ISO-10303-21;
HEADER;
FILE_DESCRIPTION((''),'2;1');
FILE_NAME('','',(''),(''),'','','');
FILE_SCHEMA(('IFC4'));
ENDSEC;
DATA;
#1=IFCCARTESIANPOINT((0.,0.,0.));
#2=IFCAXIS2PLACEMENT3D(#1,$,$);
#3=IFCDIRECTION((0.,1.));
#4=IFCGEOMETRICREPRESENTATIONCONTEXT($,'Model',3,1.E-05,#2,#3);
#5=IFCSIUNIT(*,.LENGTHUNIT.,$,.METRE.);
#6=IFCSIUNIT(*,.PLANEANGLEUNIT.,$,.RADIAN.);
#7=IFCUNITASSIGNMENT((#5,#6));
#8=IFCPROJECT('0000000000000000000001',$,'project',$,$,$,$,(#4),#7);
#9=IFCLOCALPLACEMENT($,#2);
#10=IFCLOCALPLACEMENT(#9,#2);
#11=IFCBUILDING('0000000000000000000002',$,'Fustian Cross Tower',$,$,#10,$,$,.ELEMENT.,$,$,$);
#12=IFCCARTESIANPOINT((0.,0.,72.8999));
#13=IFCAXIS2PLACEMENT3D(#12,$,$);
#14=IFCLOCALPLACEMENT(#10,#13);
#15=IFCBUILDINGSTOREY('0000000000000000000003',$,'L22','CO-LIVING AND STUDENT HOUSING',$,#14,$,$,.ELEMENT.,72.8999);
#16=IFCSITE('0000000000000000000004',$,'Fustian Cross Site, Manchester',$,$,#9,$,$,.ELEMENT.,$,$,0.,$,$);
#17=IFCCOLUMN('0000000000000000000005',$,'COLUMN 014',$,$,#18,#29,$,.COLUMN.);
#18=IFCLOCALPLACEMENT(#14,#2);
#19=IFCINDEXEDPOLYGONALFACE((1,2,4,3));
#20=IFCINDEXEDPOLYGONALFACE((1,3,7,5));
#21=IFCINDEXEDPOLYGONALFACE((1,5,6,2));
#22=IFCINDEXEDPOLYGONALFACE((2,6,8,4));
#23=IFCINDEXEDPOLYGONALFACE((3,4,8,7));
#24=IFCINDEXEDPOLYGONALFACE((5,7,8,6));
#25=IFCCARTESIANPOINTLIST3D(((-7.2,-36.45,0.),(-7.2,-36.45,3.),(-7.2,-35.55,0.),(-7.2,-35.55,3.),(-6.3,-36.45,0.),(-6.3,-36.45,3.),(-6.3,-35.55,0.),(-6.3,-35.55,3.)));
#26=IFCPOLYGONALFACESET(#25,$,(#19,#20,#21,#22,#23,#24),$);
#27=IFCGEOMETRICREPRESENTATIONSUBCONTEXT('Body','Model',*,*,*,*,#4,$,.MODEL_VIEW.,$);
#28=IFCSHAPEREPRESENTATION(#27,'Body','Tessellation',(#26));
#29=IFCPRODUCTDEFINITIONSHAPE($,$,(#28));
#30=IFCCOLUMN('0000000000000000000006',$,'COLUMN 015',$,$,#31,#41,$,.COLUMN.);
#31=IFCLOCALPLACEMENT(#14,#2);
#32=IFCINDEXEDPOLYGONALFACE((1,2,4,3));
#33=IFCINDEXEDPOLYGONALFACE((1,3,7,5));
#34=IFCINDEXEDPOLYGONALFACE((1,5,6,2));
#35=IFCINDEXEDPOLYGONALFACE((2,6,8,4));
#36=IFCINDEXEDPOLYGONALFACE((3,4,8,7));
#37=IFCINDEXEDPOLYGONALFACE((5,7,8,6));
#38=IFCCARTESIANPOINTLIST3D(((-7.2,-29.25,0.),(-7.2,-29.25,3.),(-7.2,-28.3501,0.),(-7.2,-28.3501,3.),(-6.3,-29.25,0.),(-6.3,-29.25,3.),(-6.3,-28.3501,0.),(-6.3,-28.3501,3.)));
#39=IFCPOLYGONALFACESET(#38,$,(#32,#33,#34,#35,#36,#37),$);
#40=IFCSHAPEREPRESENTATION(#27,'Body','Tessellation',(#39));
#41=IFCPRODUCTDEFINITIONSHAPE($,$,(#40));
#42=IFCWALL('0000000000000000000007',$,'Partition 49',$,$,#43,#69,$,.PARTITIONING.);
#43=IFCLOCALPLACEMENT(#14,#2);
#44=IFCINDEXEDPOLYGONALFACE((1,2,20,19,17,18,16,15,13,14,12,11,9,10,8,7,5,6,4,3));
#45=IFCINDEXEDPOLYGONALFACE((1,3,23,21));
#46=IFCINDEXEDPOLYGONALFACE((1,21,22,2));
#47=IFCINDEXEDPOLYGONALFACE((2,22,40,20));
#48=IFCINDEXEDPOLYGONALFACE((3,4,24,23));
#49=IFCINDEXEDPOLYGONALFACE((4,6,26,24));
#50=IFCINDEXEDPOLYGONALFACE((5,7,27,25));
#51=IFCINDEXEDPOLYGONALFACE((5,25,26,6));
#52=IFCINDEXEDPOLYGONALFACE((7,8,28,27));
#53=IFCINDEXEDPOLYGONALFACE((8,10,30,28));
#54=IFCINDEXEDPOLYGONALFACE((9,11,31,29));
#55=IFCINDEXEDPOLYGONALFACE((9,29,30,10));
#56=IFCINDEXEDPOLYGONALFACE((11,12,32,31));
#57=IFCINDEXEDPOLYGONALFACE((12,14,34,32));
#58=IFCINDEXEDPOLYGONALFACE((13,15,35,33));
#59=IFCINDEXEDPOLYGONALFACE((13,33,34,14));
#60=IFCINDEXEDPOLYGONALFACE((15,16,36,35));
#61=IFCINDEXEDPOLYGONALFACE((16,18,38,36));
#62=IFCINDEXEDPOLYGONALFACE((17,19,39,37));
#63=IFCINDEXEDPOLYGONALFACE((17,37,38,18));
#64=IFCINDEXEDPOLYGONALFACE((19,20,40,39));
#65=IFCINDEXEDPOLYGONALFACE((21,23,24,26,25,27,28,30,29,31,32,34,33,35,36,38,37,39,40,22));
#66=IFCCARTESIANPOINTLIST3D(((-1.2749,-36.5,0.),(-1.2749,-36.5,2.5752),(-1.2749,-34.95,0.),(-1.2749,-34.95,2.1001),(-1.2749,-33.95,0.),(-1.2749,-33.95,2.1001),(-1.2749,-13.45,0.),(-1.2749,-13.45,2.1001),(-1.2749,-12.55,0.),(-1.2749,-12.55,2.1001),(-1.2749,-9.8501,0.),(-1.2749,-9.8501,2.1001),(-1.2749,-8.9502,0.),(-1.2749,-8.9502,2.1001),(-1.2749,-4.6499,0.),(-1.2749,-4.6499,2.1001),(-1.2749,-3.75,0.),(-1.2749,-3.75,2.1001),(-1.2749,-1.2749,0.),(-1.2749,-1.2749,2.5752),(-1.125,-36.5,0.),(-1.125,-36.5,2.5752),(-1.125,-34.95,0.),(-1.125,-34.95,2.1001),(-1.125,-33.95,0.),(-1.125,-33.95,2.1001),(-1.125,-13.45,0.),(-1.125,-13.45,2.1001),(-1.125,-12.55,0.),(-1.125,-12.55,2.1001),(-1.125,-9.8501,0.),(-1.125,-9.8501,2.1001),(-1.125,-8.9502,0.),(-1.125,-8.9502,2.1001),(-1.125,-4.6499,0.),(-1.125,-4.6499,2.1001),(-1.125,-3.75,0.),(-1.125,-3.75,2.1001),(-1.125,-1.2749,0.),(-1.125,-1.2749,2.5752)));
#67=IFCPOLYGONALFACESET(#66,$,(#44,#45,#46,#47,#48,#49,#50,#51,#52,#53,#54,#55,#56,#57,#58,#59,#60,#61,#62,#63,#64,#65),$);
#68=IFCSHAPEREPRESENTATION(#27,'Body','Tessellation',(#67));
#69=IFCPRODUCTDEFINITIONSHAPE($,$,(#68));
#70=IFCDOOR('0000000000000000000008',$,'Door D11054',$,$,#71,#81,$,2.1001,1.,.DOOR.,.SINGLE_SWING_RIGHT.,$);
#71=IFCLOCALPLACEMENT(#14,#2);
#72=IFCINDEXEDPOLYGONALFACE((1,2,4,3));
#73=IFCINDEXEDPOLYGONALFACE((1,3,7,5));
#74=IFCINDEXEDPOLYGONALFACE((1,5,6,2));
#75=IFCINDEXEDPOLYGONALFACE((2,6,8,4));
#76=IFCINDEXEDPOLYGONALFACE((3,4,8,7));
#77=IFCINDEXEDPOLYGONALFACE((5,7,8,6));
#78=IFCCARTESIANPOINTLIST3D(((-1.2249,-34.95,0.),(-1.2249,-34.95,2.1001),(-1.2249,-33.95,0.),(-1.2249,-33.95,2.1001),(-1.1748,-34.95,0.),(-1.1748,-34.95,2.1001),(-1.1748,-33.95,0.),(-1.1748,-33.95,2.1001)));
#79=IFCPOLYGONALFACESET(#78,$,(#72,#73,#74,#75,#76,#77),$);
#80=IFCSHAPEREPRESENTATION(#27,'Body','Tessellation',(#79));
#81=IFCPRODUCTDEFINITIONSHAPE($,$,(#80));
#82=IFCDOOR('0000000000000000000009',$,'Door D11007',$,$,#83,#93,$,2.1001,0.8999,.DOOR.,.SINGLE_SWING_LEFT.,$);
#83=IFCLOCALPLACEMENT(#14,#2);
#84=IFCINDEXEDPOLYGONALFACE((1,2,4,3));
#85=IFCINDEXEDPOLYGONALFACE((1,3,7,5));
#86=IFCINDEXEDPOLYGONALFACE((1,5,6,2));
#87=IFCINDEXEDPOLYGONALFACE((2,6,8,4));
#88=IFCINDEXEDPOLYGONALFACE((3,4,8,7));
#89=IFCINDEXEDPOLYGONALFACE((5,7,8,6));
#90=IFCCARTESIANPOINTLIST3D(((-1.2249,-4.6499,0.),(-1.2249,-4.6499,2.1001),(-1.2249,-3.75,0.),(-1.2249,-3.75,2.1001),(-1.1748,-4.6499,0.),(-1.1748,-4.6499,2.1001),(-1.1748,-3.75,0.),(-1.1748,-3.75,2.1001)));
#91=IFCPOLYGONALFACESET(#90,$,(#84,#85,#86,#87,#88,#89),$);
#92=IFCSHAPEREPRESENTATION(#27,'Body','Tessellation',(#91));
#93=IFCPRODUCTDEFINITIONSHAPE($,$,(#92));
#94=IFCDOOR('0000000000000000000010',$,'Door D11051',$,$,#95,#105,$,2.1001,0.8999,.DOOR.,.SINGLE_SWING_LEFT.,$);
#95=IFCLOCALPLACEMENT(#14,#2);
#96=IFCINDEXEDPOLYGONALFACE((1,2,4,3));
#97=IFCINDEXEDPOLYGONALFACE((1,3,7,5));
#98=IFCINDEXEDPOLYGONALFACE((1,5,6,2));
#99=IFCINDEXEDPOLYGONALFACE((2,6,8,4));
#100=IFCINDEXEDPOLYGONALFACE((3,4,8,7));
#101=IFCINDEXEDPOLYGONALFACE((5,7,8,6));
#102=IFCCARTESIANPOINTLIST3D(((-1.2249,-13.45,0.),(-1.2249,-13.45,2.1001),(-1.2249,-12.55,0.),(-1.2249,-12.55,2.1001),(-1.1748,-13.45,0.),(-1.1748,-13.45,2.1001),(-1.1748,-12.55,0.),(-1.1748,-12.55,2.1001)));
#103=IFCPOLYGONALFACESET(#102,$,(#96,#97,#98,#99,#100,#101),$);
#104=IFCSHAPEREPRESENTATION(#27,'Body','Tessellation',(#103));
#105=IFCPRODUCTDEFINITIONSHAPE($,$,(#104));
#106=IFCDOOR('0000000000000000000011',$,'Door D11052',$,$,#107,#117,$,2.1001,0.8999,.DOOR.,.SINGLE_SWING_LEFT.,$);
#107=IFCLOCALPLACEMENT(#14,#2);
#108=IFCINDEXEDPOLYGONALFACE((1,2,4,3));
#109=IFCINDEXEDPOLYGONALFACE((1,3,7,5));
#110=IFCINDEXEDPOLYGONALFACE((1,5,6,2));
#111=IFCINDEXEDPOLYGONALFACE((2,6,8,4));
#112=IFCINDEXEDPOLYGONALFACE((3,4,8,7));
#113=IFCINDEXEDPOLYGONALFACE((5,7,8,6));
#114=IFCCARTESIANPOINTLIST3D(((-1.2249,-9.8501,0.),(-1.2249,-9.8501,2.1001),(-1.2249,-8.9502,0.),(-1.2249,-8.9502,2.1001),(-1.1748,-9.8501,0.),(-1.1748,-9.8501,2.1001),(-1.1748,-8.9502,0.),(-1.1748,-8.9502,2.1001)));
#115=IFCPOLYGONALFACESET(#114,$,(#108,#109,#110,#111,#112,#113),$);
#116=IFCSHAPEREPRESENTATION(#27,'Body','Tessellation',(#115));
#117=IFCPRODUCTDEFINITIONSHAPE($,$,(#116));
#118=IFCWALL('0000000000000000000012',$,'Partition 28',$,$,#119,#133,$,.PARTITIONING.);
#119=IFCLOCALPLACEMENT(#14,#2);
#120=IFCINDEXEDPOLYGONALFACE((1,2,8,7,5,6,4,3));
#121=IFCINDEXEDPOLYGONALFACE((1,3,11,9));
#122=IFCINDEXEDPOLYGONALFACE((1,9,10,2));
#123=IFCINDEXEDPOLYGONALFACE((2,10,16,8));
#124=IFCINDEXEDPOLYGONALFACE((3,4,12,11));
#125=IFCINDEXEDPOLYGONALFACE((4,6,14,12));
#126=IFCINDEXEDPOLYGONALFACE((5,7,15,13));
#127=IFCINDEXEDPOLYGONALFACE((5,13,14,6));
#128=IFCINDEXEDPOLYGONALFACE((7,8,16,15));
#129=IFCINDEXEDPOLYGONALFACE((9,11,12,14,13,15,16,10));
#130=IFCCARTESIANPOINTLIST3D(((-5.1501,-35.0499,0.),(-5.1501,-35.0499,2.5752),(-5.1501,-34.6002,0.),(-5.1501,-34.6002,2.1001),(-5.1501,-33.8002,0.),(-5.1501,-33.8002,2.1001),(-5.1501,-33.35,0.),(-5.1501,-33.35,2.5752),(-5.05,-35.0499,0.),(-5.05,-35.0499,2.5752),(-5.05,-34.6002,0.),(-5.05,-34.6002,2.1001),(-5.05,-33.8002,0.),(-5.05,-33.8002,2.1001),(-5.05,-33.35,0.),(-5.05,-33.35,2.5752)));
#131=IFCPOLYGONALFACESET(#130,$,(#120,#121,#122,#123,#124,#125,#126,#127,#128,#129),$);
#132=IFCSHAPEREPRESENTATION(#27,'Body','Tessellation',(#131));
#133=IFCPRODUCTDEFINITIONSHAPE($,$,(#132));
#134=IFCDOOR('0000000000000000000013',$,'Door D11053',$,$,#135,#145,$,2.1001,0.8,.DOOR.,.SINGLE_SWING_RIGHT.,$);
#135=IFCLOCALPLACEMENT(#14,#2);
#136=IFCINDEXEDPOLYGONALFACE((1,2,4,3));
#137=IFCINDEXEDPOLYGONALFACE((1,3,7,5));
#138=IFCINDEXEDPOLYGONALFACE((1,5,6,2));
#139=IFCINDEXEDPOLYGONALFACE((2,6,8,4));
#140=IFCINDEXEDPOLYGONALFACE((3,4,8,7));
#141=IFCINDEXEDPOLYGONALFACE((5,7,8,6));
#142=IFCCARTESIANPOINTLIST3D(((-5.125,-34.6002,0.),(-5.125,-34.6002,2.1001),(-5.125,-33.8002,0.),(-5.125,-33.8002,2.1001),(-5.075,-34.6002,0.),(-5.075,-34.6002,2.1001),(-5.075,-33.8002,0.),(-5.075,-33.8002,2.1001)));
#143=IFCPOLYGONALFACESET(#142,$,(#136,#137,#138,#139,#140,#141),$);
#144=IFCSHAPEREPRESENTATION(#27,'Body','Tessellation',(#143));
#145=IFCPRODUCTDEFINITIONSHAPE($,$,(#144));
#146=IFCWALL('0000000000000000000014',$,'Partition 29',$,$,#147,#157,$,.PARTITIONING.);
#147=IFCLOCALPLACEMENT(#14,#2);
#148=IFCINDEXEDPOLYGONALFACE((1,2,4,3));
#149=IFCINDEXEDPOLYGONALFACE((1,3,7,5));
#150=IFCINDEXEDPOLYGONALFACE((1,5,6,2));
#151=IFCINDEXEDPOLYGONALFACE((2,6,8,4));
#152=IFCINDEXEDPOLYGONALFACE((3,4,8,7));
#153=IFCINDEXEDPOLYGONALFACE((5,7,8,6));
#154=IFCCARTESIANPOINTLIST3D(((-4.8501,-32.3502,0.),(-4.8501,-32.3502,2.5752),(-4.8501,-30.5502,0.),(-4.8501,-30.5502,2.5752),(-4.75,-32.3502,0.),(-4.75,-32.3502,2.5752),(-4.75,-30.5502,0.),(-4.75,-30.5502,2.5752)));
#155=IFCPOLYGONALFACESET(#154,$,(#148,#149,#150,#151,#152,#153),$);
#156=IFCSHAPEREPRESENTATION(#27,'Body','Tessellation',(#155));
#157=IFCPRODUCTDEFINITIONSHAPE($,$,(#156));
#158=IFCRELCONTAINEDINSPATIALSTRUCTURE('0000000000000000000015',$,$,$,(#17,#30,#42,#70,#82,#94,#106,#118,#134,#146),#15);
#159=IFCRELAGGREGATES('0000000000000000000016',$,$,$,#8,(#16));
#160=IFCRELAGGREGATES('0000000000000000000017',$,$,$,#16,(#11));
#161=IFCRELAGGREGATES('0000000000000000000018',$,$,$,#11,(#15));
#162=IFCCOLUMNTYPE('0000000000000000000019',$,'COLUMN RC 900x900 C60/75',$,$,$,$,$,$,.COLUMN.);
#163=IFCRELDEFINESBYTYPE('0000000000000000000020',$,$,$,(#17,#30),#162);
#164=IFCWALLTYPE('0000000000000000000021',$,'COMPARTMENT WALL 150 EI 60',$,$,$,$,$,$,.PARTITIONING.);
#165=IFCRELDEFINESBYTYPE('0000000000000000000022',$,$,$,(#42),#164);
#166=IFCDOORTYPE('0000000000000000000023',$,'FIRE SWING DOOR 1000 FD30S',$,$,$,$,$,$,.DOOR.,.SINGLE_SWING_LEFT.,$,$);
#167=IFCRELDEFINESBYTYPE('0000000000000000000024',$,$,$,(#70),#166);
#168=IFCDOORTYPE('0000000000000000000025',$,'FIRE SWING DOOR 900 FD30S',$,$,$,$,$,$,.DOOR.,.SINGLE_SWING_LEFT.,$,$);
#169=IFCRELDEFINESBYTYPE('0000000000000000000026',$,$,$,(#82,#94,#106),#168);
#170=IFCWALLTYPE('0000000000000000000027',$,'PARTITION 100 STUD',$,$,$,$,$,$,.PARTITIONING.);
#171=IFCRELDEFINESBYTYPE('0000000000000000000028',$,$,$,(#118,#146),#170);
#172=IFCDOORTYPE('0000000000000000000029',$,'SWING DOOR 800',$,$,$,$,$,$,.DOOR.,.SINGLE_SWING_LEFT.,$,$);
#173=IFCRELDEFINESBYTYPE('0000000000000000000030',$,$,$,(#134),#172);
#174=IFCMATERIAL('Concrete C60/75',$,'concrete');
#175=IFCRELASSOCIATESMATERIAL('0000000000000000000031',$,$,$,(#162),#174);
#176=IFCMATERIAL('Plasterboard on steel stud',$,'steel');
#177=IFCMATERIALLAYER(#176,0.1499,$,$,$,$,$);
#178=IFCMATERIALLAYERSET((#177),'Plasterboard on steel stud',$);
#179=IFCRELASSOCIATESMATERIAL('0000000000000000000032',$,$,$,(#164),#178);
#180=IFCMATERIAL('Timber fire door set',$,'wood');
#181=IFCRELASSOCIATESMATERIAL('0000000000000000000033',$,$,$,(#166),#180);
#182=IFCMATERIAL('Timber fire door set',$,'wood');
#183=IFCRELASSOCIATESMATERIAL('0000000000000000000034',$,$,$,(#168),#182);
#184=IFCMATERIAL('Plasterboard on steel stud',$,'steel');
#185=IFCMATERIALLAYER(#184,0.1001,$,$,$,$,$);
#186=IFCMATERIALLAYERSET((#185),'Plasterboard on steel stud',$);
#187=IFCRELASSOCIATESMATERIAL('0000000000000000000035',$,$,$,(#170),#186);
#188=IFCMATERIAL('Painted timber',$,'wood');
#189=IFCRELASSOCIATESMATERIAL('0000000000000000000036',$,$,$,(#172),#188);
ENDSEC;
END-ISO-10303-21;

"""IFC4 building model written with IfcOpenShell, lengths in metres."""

from ifc_helpers import new_model, si_unit, direction, frame, frame_2d, origin, origin_2d, place, context, subcontext, project, spatial, rectangle, extrude, material, layer, layer_set, material_profile, profile_set, type_object, element, fill, save


model = new_model("IFC4")

# Units and contexts
model_context = context("Model", 3, precision=1e-05, world=origin(), true_north=direction((0.0, 1.0)))
body_context = subcontext(model_context, "Body", "Model", "MODEL_VIEW")
ifc_project = project(units=[si_unit("LENGTHUNIT", "METRE"), si_unit("PLANEANGLEUNIT", "RADIAN")], contexts=[model_context])

# Site, building, storey
site_placement = place(None, origin())
site = spatial("IfcSite", under=ifc_project, at=site_placement, Name="Fustian Cross Site, Manchester", CompositionType="ELEMENT", RefElevation=0.0)
building_placement = place(site_placement, origin())
building = spatial("IfcBuilding", under=site, at=building_placement, Name="Fustian Cross Tower", CompositionType="ELEMENT")
storey_placement = place(building_placement, frame((0.0, 0.0, 72.8999)))
storey = spatial("IfcBuildingStorey", under=building, at=storey_placement, Name="L22", Description="CO-LIVING AND STUDENT HOUSING", CompositionType="ELEMENT", Elevation=72.8999)

# Columns
ifc_material_1 = material(Name="Concrete C60/75", Category="concrete")
ifc_material_profile = material_profile(ifc_material_1, rectangle(XDim=0.8999, YDim=0.8999, at=origin_2d()), Name="RC 900x900")
ifc_profile_set = profile_set([ifc_material_profile], Name="Concrete C60/75")
column_type = type_object("IfcColumnType", Name="COLUMN RC 900x900 C60/75", PredefinedType="COLUMN", material=ifc_profile_set)
for number, where, z_axis, x_axis, name in (
    (1, (-6.75, -36.0, 0.0), (0.0, 0.0, 1.0), (1.0, 0.0, 0.0), "COLUMN 014"),
    (2, (-6.75, -28.8, 0.0), (0.0, 0.0, 1.0), (1.0, 0.0, 0.0), "COLUMN 015"),
):
    element("IfcColumn", number, at=place(storey_placement, frame(where, z_axis=z_axis, x_axis=x_axis)), inside=storey, type_object=column_type, Name=name, PredefinedType="COLUMN", context=body_context, shape_type="SweptSolid", body=[
        extrude(rectangle(XDim=0.8999, YDim=0.8999, at=origin_2d()), origin(), (0.0, 0.0, 1.0), 3.0),
    ])

# Wall, openings, doors
ifc_material_2 = material(Name="Plasterboard on steel stud", Category="steel")
ifc_layer_1 = layer(ifc_material_2, 0.1499)
ifc_layer_set_1 = layer_set([ifc_layer_1], Name="Plasterboard on steel stud")
wall_type_1 = type_object("IfcWallType", Name="COMPARTMENT WALL 150 EI 60", PredefinedType="PARTITIONING", material=ifc_layer_set_1)
wall_1_placement = place(storey_placement, frame((-1.2, -36.5, 0.0), z_axis=(0.0, 0.0, 1.0), x_axis=(0.0, 1.0, 0.0)))
wall_1 = element("IfcWall", 3, at=wall_1_placement, inside=storey, type_object=wall_type_1, Name="Partition 49", PredefinedType="PARTITIONING", context=body_context, shape_type="SweptSolid", body=[
    extrude(rectangle(XDim=35.2251, YDim=0.1499, at=frame_2d((17.6125, 0.0))), origin(), (0.0, 0.0, 1.0), 2.5752),
])
opening_1_placement = place(wall_1_placement, frame((31.8501, 0.0, 0.0)))
opening_1 = element("IfcOpeningElement", 4, at=opening_1_placement, cuts=wall_1, PredefinedType="OPENING", context=body_context, shape_type="SweptSolid", body=[
    extrude(rectangle(XDim=0.8999, YDim=2.1001, at=frame_2d((0.45, 1.05))), frame((0.0, 0.085, 0.0), z_axis=(0.0, -1.0, 0.0), x_axis=(1.0, 0.0, 0.0)), (0.0, 0.0, 1.0), 0.1699),
])
opening_2_placement = place(wall_1_placement, frame((23.05, 0.0, 0.0)))
opening_2 = element("IfcOpeningElement", 5, at=opening_2_placement, cuts=wall_1, PredefinedType="OPENING", context=body_context, shape_type="SweptSolid", body=[
    extrude(rectangle(XDim=0.8999, YDim=2.1001, at=frame_2d((0.45, 1.05))), frame((0.0, 0.085, 0.0), z_axis=(0.0, -1.0, 0.0), x_axis=(1.0, 0.0, 0.0)), (0.0, 0.0, 1.0), 0.1699),
])
opening_3_placement = place(wall_1_placement, frame((26.6499, 0.0, 0.0)))
opening_3 = element("IfcOpeningElement", 6, at=opening_3_placement, cuts=wall_1, PredefinedType="OPENING", context=body_context, shape_type="SweptSolid", body=[
    extrude(rectangle(XDim=0.8999, YDim=2.1001, at=frame_2d((0.45, 1.05))), frame((0.0, 0.085, 0.0), z_axis=(0.0, -1.0, 0.0), x_axis=(1.0, 0.0, 0.0)), (0.0, 0.0, 1.0), 0.1699),
])
opening_4_placement = place(wall_1_placement, frame((1.55, 0.0, 0.0)))
opening_4 = element("IfcOpeningElement", 7, at=opening_4_placement, cuts=wall_1, PredefinedType="OPENING", context=body_context, shape_type="SweptSolid", body=[
    extrude(rectangle(XDim=1.0, YDim=2.1001, at=frame_2d((0.5, 1.05))), frame((0.0, 0.085, 0.0), z_axis=(0.0, -1.0, 0.0), x_axis=(1.0, 0.0, 0.0)), (0.0, 0.0, 1.0), 0.1699),
])
ifc_material_3 = material(Name="Timber fire door set", Category="wood")
door_type_1 = type_object("IfcDoorType", Name="FIRE SWING DOOR 1000 FD30S", OperationType="SINGLE_SWING_LEFT", PredefinedType="DOOR", material=ifc_material_3)
door_1_placement = place(opening_4_placement, origin())
door_1 = element("IfcDoor", 8, at=door_1_placement, inside=storey, type_object=door_type_1, Name="Door D11054", OperationType="SINGLE_SWING_RIGHT", OverallHeight=2.1001, OverallWidth=1.0, PredefinedType="DOOR", context=body_context, shape_type="SweptSolid", body=[
    extrude(rectangle(XDim=1.0, YDim=2.1001, at=frame_2d((0.5, 1.05))), frame((0.0, 0.0249, 0.0), z_axis=(0.0, -1.0, 0.0), x_axis=(1.0, 0.0, 0.0)), (0.0, 0.0, 1.0), 0.05),
])
fill(opening_4, door_1)
ifc_material_4 = material(Name="Timber fire door set", Category="wood")
door_type_2 = type_object("IfcDoorType", Name="FIRE SWING DOOR 900 FD30S", OperationType="SINGLE_SWING_LEFT", PredefinedType="DOOR", material=ifc_material_4)
door_2_placement = place(opening_1_placement, origin())
door_2 = element("IfcDoor", 9, at=door_2_placement, inside=storey, type_object=door_type_2, Name="Door D11007", OperationType="SINGLE_SWING_LEFT", OverallHeight=2.1001, OverallWidth=0.8999, PredefinedType="DOOR", context=body_context, shape_type="SweptSolid", body=[
    extrude(rectangle(XDim=0.8999, YDim=2.1001, at=frame_2d((0.45, 1.05))), frame((0.0, 0.0249, 0.0), z_axis=(0.0, -1.0, 0.0), x_axis=(1.0, 0.0, 0.0)), (0.0, 0.0, 1.0), 0.05),
])
fill(opening_1, door_2)
door_3_placement = place(opening_2_placement, origin())
door_3 = element("IfcDoor", 10, at=door_3_placement, inside=storey, type_object=door_type_2, Name="Door D11051", OperationType="SINGLE_SWING_LEFT", OverallHeight=2.1001, OverallWidth=0.8999, PredefinedType="DOOR", context=body_context, shape_type="SweptSolid", body=[
    extrude(rectangle(XDim=0.8999, YDim=2.1001, at=frame_2d((0.45, 1.05))), frame((0.0, 0.0249, 0.0), z_axis=(0.0, -1.0, 0.0), x_axis=(1.0, 0.0, 0.0)), (0.0, 0.0, 1.0), 0.05),
])
fill(opening_2, door_3)
door_4_placement = place(opening_3_placement, origin())
door_4 = element("IfcDoor", 11, at=door_4_placement, inside=storey, type_object=door_type_2, Name="Door D11052", OperationType="SINGLE_SWING_LEFT", OverallHeight=2.1001, OverallWidth=0.8999, PredefinedType="DOOR", context=body_context, shape_type="SweptSolid", body=[
    extrude(rectangle(XDim=0.8999, YDim=2.1001, at=frame_2d((0.45, 1.05))), frame((0.0, 0.0249, 0.0), z_axis=(0.0, -1.0, 0.0), x_axis=(1.0, 0.0, 0.0)), (0.0, 0.0, 1.0), 0.05),
])
fill(opening_3, door_4)

# Wall, opening, door
ifc_material_5 = material(Name="Plasterboard on steel stud", Category="steel")
ifc_layer_2 = layer(ifc_material_5, 0.1001)
ifc_layer_set_2 = layer_set([ifc_layer_2], Name="Plasterboard on steel stud")
wall_type_2 = type_object("IfcWallType", Name="PARTITION 100 STUD", PredefinedType="PARTITIONING", material=ifc_layer_set_2)
wall_2_placement = place(storey_placement, frame((-5.1001, -35.05, 0.0), z_axis=(0.0, 0.0, 1.0), x_axis=(0.0, 1.0, 0.0)))
wall_2 = element("IfcWall", 12, at=wall_2_placement, inside=storey, type_object=wall_type_2, Name="Partition 28", PredefinedType="PARTITIONING", context=body_context, shape_type="SweptSolid", body=[
    extrude(rectangle(XDim=1.7, YDim=0.1001, at=frame_2d((0.8501, 0.0))), origin(), (0.0, 0.0, 1.0), 2.5752),
])
opening_5_placement = place(wall_2_placement, frame((0.45, 0.0, 0.0)))
opening_5 = element("IfcOpeningElement", 13, at=opening_5_placement, cuts=wall_2, PredefinedType="OPENING", context=body_context, shape_type="SweptSolid", body=[
    extrude(rectangle(XDim=0.8, YDim=2.1001, at=frame_2d((0.3999, 1.05))), frame((0.0, 0.0601, 0.0), z_axis=(0.0, -1.0, 0.0), x_axis=(1.0, 0.0, 0.0)), (0.0, 0.0, 1.0), 0.1201),
])
ifc_material_6 = material(Name="Painted timber", Category="wood")
door_type_3 = type_object("IfcDoorType", Name="SWING DOOR 800", OperationType="SINGLE_SWING_LEFT", PredefinedType="DOOR", material=ifc_material_6)
door_5_placement = place(opening_5_placement, origin())
door_5 = element("IfcDoor", 14, at=door_5_placement, inside=storey, type_object=door_type_3, Name="Door D11053", OperationType="SINGLE_SWING_RIGHT", OverallHeight=2.1001, OverallWidth=0.8, PredefinedType="DOOR", context=body_context, shape_type="SweptSolid", body=[
    extrude(rectangle(XDim=0.8, YDim=2.1001, at=frame_2d((0.3999, 1.05))), frame((0.0, 0.0249, 0.0), z_axis=(0.0, -1.0, 0.0), x_axis=(1.0, 0.0, 0.0)), (0.0, 0.0, 1.0), 0.05),
])
fill(opening_5, door_5)

# Wall
wall_3_placement = place(storey_placement, frame((-4.8, -32.3501, 0.0), z_axis=(0.0, 0.0, 1.0), x_axis=(0.0, 1.0, 0.0)))
element("IfcWall", 15, at=wall_3_placement, inside=storey, type_object=wall_type_2, Name="Partition 29", PredefinedType="PARTITIONING", context=body_context, shape_type="SweptSolid", body=[
    extrude(rectangle(XDim=1.8, YDim=0.1001, at=frame_2d((0.8999, 0.0))), origin(), (0.0, 0.0, 1.0), 2.5752),
])

save(model, "model.ifc")
